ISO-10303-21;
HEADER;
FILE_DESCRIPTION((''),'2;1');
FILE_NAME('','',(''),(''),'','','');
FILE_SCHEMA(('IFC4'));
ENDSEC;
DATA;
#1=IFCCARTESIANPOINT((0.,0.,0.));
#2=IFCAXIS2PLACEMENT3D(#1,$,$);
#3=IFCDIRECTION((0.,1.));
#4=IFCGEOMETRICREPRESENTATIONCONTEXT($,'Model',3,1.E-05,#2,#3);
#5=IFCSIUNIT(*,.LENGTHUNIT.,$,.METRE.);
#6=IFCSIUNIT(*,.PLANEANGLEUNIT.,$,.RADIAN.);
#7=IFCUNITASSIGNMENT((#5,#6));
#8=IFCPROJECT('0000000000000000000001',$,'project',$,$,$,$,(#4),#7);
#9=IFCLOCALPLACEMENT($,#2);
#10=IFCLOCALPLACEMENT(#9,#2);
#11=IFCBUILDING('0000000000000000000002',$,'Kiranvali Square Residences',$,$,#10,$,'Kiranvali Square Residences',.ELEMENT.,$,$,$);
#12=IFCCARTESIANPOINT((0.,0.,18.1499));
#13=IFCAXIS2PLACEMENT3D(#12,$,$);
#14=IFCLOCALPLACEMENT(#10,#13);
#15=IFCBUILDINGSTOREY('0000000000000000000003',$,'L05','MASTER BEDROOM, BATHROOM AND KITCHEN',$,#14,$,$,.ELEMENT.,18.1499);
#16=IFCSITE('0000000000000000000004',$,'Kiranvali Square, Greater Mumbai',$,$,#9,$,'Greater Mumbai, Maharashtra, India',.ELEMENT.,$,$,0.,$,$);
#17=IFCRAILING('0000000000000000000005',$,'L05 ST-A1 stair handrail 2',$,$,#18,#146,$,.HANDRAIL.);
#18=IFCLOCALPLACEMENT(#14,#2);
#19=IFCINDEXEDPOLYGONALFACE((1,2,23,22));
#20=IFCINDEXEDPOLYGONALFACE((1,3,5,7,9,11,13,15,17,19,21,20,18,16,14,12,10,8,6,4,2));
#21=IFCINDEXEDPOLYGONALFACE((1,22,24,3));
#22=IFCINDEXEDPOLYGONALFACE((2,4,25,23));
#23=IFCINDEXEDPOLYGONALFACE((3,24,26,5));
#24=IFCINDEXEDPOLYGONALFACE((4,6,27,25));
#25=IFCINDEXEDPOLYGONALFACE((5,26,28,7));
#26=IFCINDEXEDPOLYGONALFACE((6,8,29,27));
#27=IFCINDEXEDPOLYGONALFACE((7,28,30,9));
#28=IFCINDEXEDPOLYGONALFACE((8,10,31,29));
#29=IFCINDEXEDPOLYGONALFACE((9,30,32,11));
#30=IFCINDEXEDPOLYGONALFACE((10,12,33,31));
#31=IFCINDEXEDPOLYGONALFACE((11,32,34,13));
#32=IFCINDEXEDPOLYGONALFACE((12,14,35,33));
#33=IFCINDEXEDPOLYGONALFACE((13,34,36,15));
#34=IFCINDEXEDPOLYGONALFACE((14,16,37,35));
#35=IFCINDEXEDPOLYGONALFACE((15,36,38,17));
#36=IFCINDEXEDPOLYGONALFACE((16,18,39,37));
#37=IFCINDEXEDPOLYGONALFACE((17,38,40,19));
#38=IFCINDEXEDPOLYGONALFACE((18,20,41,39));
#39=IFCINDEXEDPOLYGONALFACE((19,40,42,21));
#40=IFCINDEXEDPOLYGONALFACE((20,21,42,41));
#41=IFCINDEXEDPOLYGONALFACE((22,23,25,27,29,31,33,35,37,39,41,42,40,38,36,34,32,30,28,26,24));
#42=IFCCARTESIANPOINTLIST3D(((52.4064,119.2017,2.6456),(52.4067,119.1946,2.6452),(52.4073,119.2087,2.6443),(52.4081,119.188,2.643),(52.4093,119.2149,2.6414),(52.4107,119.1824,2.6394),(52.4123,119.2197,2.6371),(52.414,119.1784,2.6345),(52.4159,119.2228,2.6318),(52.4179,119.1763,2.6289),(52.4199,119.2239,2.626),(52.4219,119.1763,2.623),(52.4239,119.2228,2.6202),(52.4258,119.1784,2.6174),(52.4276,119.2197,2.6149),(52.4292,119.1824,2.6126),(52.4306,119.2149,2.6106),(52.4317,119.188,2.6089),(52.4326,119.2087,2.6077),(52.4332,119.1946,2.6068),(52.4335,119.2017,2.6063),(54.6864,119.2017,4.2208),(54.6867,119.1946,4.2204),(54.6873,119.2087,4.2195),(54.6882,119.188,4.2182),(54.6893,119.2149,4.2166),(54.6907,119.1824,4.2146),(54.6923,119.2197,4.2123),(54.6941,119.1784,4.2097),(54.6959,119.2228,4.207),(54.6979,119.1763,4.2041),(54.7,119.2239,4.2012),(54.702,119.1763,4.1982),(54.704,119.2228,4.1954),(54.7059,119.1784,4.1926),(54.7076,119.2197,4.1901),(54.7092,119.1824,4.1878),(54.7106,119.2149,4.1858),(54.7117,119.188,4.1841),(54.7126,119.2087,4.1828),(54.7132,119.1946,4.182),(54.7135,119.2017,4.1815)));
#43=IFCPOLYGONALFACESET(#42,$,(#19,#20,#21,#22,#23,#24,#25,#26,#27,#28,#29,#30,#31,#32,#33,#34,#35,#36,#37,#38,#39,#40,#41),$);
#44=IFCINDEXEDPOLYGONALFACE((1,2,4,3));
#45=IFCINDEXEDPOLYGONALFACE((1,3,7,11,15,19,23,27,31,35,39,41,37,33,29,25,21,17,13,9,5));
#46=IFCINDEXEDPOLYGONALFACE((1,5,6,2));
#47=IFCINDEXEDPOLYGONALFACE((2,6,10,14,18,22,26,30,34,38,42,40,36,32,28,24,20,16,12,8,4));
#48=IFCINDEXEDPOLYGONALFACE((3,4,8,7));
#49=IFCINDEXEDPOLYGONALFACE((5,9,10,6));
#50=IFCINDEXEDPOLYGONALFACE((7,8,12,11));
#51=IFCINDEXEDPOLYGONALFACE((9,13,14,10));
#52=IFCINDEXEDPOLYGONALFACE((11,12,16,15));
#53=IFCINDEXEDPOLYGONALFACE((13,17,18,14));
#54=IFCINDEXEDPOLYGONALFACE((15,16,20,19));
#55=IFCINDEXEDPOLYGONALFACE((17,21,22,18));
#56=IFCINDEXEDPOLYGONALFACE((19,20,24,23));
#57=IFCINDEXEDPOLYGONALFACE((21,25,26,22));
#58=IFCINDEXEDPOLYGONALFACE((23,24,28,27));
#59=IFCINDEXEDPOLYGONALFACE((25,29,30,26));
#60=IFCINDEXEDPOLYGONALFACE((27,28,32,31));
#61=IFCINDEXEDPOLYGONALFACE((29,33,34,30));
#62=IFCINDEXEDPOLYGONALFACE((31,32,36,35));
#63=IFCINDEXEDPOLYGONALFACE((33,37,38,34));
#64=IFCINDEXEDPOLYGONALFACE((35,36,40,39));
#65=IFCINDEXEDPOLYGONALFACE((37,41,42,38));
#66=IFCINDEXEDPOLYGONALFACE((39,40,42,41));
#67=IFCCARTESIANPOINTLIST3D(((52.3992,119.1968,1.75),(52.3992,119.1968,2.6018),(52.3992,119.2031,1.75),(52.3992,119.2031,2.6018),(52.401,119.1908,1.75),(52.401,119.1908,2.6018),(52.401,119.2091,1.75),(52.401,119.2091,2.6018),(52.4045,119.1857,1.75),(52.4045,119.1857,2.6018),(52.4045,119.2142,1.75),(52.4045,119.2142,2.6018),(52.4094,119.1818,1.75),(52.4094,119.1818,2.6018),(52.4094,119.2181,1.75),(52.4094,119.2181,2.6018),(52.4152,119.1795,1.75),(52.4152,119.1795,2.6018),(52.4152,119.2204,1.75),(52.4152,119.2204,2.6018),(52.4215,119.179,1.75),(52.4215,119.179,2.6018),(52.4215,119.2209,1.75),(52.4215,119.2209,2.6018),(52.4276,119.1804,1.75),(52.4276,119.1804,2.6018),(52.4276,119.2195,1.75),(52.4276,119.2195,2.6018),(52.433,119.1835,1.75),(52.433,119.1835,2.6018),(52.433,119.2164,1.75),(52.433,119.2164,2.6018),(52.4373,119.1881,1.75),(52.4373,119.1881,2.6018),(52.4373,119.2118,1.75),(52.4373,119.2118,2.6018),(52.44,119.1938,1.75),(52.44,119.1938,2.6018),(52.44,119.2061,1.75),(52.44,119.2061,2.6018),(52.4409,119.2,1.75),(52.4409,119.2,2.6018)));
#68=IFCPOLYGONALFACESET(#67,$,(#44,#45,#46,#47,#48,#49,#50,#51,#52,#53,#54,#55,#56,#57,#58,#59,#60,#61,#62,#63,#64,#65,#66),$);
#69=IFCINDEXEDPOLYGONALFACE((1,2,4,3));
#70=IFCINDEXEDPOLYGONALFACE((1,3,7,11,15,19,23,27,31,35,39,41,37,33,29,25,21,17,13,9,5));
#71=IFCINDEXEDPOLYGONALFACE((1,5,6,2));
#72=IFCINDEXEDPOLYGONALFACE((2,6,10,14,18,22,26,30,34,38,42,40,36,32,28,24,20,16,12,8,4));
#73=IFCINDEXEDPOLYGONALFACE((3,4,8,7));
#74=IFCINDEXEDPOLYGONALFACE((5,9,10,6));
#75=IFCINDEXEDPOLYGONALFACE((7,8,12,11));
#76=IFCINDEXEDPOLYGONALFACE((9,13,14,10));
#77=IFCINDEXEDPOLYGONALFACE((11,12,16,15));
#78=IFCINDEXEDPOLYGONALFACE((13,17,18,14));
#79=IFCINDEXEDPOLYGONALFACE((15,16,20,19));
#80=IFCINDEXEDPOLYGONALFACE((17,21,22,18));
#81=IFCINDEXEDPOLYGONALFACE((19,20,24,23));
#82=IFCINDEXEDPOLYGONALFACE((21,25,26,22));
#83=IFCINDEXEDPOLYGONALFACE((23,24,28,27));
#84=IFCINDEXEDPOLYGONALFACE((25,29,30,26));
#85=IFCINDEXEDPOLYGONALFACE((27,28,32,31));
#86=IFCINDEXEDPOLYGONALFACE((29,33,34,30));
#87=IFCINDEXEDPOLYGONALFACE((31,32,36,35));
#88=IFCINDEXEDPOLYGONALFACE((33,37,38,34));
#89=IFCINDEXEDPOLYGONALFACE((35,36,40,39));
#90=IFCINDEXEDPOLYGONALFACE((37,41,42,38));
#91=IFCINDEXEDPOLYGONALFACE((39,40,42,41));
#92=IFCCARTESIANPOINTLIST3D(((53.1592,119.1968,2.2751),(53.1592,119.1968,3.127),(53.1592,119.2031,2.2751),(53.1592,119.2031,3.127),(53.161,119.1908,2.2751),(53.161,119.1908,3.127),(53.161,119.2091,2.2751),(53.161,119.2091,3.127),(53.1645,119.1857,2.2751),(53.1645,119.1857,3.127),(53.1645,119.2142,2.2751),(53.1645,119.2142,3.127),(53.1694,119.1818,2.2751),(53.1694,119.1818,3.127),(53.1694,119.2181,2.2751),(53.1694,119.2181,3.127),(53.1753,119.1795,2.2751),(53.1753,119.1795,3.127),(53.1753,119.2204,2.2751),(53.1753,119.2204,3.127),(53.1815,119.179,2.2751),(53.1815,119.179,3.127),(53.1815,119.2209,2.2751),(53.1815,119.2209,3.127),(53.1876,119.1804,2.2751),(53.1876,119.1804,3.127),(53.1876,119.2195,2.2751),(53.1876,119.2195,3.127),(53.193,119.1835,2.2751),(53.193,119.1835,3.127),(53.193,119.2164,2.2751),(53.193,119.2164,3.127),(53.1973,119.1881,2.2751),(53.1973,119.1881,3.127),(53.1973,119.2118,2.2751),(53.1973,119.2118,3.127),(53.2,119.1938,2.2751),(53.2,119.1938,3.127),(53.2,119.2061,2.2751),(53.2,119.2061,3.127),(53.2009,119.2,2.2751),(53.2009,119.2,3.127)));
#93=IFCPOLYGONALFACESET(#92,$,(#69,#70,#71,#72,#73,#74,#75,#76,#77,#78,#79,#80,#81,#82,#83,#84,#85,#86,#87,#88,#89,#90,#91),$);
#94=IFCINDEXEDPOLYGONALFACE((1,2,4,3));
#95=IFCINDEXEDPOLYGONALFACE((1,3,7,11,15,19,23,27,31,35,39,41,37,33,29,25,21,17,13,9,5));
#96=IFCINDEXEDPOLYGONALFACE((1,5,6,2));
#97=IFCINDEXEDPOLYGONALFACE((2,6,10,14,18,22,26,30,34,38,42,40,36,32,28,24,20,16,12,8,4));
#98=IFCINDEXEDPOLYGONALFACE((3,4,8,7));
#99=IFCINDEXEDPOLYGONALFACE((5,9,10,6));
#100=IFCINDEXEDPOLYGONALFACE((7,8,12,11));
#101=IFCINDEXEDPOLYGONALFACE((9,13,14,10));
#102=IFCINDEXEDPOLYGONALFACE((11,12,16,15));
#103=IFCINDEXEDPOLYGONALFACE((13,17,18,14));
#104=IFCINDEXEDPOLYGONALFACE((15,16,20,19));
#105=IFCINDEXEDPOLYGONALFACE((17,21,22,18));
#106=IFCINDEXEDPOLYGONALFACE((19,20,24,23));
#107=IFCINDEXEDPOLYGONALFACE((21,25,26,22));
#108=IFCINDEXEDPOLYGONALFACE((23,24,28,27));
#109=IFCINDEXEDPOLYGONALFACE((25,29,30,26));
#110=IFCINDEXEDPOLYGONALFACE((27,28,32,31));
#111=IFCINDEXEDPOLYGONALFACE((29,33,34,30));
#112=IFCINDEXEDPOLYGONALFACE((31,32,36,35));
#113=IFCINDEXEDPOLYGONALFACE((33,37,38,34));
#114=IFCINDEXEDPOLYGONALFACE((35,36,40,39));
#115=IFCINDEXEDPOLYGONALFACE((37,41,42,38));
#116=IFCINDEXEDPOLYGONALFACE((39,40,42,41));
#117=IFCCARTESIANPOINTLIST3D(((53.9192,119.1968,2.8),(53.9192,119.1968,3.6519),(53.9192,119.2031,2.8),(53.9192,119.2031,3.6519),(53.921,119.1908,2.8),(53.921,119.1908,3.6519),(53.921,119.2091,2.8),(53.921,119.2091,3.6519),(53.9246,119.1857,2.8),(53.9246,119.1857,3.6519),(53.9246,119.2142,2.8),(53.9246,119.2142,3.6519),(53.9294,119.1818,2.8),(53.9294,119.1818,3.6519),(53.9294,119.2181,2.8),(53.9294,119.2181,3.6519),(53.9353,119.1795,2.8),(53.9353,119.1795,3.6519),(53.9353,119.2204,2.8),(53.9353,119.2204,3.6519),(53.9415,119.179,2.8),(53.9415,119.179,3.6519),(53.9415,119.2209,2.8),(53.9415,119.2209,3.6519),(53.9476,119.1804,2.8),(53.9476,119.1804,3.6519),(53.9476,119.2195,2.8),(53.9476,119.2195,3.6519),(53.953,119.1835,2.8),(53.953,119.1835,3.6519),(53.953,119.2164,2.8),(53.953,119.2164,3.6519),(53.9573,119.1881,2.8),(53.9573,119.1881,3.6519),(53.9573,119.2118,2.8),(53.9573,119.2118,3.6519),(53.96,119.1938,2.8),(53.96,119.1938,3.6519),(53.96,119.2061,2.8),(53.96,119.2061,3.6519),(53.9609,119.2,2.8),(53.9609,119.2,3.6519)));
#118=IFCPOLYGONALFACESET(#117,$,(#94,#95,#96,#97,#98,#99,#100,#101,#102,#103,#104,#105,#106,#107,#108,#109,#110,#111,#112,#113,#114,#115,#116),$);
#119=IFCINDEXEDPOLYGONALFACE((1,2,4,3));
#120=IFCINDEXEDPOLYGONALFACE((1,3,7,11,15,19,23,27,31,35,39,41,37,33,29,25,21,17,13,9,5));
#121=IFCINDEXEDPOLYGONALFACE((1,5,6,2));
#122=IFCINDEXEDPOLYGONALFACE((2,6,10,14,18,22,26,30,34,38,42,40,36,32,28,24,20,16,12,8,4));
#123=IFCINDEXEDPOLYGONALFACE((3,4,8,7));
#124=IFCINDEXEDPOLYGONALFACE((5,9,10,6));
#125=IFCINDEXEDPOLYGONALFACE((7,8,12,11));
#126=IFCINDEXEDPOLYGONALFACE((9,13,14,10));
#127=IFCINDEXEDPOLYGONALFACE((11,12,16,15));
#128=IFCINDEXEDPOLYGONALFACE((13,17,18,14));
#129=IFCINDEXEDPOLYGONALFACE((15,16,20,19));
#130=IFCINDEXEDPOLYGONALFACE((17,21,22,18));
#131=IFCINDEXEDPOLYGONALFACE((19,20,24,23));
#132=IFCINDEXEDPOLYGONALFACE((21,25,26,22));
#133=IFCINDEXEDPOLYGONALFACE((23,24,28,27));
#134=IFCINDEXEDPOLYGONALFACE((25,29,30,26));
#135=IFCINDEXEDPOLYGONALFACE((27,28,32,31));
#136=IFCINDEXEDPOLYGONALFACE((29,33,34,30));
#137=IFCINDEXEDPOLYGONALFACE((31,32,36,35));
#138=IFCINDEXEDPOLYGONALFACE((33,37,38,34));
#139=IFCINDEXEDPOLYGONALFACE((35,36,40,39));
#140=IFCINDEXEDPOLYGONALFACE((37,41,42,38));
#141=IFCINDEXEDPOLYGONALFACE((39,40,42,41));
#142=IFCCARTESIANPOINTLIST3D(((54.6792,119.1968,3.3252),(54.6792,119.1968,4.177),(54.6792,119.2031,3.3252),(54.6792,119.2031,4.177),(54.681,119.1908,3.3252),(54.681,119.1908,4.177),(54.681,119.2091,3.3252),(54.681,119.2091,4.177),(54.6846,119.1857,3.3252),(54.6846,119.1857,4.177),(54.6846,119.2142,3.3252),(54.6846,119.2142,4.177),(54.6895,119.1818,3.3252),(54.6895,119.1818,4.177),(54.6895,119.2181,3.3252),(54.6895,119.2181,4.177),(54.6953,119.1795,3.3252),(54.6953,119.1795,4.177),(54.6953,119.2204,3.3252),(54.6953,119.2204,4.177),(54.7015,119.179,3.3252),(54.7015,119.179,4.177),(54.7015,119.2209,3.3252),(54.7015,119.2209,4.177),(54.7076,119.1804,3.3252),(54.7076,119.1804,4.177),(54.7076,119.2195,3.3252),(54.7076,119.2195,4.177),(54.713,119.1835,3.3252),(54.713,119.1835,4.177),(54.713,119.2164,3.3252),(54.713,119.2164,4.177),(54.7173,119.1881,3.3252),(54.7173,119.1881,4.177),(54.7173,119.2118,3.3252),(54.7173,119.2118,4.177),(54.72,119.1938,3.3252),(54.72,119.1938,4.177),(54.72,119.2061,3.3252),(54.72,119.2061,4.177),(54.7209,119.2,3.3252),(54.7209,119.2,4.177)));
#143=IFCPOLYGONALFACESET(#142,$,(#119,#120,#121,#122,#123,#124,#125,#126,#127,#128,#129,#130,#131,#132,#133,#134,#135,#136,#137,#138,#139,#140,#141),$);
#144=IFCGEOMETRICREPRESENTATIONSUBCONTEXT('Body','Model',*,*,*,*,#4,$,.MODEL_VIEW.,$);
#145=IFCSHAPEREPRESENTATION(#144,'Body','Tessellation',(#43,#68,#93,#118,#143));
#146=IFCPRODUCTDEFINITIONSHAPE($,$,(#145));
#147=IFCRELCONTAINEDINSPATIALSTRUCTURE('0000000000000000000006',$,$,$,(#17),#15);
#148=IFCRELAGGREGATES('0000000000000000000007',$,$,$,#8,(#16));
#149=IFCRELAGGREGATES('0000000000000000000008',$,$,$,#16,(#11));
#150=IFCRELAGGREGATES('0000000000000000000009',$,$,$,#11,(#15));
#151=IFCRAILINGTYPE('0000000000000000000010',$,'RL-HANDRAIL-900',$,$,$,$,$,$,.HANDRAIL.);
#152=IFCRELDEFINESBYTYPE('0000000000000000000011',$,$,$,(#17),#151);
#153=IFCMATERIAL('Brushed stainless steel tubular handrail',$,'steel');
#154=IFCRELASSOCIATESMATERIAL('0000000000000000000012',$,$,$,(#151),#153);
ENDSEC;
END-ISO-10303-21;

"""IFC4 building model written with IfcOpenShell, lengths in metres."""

from ifc_helpers import new_model, si_unit, direction, frame, origin, origin_2d, place, context, subcontext, project, spatial, circle, extrude, material, type_object, element, save


model = new_model("IFC4")

# Units and contexts
model_context = context("Model", 3, precision=1e-05, world=origin(), true_north=direction((0.0, 1.0)))
body_context = subcontext(model_context, "Body", "Model", "MODEL_VIEW")
ifc_project = project(units=[si_unit("LENGTHUNIT", "METRE"), si_unit("PLANEANGLEUNIT", "RADIAN")], contexts=[model_context])

# Site, building, storey
site_placement = place(None, origin())
site = spatial("IfcSite", under=ifc_project, at=site_placement, Name="Kiranvali Square, Greater Mumbai", LongName="Greater Mumbai, Maharashtra, India", CompositionType="ELEMENT", RefElevation=0.0)
building_placement = place(site_placement, origin())
building = spatial("IfcBuilding", under=site, at=building_placement, Name="Kiranvali Square Residences", LongName="Kiranvali Square Residences", CompositionType="ELEMENT")
storey_placement = place(building_placement, frame((0.0, 0.0, 18.1499)))
storey = spatial("IfcBuildingStorey", under=building, at=storey_placement, Name="L05", Description="MASTER BEDROOM, BATHROOM AND KITCHEN", CompositionType="ELEMENT", Elevation=18.1499)

# Railing
ifc_material_1 = material(Name="Brushed stainless steel tubular handrail", Category="steel")
railing_type_1 = type_object("IfcRailingType", Name="RL-HANDRAIL-900", PredefinedType="HANDRAIL", material=ifc_material_1)
railing_1_placement = place(storey_placement, frame((52.4199, 119.2, 1.75)))
element("IfcRailing", 1, at=railing_1_placement, inside=storey, type_object=railing_type_1, Name="L05 ST-A1 stair handrail 2", PredefinedType="HANDRAIL", context=body_context, shape_type="SweptSolid", body=[
    extrude(circle(Radius=0.0239, at=origin_2d()), frame((0.0, 0.0, 0.876), z_axis=(0.822747, 0.0, 0.568408), x_axis=(0.0, 1.0, 0.0)), (0.0, 0.0, 1.0), 2.7712),
    extrude(circle(Radius=0.021, at=origin_2d()), origin(), (0.0, 0.0, 1.0), 0.8518),
    extrude(circle(Radius=0.021, at=origin_2d()), frame((0.76, 0.0, 0.5251)), (0.0, 0.0, 1.0), 0.8518),
    extrude(circle(Radius=0.021, at=origin_2d()), frame((1.52, 0.0, 1.05)), (0.0, 0.0, 1.0), 0.8518),
    extrude(circle(Radius=0.021, at=origin_2d()), frame((2.28, 0.0, 1.5752)), (0.0, 0.0, 1.0), 0.8518),
])

save(model, "model.ifc")
